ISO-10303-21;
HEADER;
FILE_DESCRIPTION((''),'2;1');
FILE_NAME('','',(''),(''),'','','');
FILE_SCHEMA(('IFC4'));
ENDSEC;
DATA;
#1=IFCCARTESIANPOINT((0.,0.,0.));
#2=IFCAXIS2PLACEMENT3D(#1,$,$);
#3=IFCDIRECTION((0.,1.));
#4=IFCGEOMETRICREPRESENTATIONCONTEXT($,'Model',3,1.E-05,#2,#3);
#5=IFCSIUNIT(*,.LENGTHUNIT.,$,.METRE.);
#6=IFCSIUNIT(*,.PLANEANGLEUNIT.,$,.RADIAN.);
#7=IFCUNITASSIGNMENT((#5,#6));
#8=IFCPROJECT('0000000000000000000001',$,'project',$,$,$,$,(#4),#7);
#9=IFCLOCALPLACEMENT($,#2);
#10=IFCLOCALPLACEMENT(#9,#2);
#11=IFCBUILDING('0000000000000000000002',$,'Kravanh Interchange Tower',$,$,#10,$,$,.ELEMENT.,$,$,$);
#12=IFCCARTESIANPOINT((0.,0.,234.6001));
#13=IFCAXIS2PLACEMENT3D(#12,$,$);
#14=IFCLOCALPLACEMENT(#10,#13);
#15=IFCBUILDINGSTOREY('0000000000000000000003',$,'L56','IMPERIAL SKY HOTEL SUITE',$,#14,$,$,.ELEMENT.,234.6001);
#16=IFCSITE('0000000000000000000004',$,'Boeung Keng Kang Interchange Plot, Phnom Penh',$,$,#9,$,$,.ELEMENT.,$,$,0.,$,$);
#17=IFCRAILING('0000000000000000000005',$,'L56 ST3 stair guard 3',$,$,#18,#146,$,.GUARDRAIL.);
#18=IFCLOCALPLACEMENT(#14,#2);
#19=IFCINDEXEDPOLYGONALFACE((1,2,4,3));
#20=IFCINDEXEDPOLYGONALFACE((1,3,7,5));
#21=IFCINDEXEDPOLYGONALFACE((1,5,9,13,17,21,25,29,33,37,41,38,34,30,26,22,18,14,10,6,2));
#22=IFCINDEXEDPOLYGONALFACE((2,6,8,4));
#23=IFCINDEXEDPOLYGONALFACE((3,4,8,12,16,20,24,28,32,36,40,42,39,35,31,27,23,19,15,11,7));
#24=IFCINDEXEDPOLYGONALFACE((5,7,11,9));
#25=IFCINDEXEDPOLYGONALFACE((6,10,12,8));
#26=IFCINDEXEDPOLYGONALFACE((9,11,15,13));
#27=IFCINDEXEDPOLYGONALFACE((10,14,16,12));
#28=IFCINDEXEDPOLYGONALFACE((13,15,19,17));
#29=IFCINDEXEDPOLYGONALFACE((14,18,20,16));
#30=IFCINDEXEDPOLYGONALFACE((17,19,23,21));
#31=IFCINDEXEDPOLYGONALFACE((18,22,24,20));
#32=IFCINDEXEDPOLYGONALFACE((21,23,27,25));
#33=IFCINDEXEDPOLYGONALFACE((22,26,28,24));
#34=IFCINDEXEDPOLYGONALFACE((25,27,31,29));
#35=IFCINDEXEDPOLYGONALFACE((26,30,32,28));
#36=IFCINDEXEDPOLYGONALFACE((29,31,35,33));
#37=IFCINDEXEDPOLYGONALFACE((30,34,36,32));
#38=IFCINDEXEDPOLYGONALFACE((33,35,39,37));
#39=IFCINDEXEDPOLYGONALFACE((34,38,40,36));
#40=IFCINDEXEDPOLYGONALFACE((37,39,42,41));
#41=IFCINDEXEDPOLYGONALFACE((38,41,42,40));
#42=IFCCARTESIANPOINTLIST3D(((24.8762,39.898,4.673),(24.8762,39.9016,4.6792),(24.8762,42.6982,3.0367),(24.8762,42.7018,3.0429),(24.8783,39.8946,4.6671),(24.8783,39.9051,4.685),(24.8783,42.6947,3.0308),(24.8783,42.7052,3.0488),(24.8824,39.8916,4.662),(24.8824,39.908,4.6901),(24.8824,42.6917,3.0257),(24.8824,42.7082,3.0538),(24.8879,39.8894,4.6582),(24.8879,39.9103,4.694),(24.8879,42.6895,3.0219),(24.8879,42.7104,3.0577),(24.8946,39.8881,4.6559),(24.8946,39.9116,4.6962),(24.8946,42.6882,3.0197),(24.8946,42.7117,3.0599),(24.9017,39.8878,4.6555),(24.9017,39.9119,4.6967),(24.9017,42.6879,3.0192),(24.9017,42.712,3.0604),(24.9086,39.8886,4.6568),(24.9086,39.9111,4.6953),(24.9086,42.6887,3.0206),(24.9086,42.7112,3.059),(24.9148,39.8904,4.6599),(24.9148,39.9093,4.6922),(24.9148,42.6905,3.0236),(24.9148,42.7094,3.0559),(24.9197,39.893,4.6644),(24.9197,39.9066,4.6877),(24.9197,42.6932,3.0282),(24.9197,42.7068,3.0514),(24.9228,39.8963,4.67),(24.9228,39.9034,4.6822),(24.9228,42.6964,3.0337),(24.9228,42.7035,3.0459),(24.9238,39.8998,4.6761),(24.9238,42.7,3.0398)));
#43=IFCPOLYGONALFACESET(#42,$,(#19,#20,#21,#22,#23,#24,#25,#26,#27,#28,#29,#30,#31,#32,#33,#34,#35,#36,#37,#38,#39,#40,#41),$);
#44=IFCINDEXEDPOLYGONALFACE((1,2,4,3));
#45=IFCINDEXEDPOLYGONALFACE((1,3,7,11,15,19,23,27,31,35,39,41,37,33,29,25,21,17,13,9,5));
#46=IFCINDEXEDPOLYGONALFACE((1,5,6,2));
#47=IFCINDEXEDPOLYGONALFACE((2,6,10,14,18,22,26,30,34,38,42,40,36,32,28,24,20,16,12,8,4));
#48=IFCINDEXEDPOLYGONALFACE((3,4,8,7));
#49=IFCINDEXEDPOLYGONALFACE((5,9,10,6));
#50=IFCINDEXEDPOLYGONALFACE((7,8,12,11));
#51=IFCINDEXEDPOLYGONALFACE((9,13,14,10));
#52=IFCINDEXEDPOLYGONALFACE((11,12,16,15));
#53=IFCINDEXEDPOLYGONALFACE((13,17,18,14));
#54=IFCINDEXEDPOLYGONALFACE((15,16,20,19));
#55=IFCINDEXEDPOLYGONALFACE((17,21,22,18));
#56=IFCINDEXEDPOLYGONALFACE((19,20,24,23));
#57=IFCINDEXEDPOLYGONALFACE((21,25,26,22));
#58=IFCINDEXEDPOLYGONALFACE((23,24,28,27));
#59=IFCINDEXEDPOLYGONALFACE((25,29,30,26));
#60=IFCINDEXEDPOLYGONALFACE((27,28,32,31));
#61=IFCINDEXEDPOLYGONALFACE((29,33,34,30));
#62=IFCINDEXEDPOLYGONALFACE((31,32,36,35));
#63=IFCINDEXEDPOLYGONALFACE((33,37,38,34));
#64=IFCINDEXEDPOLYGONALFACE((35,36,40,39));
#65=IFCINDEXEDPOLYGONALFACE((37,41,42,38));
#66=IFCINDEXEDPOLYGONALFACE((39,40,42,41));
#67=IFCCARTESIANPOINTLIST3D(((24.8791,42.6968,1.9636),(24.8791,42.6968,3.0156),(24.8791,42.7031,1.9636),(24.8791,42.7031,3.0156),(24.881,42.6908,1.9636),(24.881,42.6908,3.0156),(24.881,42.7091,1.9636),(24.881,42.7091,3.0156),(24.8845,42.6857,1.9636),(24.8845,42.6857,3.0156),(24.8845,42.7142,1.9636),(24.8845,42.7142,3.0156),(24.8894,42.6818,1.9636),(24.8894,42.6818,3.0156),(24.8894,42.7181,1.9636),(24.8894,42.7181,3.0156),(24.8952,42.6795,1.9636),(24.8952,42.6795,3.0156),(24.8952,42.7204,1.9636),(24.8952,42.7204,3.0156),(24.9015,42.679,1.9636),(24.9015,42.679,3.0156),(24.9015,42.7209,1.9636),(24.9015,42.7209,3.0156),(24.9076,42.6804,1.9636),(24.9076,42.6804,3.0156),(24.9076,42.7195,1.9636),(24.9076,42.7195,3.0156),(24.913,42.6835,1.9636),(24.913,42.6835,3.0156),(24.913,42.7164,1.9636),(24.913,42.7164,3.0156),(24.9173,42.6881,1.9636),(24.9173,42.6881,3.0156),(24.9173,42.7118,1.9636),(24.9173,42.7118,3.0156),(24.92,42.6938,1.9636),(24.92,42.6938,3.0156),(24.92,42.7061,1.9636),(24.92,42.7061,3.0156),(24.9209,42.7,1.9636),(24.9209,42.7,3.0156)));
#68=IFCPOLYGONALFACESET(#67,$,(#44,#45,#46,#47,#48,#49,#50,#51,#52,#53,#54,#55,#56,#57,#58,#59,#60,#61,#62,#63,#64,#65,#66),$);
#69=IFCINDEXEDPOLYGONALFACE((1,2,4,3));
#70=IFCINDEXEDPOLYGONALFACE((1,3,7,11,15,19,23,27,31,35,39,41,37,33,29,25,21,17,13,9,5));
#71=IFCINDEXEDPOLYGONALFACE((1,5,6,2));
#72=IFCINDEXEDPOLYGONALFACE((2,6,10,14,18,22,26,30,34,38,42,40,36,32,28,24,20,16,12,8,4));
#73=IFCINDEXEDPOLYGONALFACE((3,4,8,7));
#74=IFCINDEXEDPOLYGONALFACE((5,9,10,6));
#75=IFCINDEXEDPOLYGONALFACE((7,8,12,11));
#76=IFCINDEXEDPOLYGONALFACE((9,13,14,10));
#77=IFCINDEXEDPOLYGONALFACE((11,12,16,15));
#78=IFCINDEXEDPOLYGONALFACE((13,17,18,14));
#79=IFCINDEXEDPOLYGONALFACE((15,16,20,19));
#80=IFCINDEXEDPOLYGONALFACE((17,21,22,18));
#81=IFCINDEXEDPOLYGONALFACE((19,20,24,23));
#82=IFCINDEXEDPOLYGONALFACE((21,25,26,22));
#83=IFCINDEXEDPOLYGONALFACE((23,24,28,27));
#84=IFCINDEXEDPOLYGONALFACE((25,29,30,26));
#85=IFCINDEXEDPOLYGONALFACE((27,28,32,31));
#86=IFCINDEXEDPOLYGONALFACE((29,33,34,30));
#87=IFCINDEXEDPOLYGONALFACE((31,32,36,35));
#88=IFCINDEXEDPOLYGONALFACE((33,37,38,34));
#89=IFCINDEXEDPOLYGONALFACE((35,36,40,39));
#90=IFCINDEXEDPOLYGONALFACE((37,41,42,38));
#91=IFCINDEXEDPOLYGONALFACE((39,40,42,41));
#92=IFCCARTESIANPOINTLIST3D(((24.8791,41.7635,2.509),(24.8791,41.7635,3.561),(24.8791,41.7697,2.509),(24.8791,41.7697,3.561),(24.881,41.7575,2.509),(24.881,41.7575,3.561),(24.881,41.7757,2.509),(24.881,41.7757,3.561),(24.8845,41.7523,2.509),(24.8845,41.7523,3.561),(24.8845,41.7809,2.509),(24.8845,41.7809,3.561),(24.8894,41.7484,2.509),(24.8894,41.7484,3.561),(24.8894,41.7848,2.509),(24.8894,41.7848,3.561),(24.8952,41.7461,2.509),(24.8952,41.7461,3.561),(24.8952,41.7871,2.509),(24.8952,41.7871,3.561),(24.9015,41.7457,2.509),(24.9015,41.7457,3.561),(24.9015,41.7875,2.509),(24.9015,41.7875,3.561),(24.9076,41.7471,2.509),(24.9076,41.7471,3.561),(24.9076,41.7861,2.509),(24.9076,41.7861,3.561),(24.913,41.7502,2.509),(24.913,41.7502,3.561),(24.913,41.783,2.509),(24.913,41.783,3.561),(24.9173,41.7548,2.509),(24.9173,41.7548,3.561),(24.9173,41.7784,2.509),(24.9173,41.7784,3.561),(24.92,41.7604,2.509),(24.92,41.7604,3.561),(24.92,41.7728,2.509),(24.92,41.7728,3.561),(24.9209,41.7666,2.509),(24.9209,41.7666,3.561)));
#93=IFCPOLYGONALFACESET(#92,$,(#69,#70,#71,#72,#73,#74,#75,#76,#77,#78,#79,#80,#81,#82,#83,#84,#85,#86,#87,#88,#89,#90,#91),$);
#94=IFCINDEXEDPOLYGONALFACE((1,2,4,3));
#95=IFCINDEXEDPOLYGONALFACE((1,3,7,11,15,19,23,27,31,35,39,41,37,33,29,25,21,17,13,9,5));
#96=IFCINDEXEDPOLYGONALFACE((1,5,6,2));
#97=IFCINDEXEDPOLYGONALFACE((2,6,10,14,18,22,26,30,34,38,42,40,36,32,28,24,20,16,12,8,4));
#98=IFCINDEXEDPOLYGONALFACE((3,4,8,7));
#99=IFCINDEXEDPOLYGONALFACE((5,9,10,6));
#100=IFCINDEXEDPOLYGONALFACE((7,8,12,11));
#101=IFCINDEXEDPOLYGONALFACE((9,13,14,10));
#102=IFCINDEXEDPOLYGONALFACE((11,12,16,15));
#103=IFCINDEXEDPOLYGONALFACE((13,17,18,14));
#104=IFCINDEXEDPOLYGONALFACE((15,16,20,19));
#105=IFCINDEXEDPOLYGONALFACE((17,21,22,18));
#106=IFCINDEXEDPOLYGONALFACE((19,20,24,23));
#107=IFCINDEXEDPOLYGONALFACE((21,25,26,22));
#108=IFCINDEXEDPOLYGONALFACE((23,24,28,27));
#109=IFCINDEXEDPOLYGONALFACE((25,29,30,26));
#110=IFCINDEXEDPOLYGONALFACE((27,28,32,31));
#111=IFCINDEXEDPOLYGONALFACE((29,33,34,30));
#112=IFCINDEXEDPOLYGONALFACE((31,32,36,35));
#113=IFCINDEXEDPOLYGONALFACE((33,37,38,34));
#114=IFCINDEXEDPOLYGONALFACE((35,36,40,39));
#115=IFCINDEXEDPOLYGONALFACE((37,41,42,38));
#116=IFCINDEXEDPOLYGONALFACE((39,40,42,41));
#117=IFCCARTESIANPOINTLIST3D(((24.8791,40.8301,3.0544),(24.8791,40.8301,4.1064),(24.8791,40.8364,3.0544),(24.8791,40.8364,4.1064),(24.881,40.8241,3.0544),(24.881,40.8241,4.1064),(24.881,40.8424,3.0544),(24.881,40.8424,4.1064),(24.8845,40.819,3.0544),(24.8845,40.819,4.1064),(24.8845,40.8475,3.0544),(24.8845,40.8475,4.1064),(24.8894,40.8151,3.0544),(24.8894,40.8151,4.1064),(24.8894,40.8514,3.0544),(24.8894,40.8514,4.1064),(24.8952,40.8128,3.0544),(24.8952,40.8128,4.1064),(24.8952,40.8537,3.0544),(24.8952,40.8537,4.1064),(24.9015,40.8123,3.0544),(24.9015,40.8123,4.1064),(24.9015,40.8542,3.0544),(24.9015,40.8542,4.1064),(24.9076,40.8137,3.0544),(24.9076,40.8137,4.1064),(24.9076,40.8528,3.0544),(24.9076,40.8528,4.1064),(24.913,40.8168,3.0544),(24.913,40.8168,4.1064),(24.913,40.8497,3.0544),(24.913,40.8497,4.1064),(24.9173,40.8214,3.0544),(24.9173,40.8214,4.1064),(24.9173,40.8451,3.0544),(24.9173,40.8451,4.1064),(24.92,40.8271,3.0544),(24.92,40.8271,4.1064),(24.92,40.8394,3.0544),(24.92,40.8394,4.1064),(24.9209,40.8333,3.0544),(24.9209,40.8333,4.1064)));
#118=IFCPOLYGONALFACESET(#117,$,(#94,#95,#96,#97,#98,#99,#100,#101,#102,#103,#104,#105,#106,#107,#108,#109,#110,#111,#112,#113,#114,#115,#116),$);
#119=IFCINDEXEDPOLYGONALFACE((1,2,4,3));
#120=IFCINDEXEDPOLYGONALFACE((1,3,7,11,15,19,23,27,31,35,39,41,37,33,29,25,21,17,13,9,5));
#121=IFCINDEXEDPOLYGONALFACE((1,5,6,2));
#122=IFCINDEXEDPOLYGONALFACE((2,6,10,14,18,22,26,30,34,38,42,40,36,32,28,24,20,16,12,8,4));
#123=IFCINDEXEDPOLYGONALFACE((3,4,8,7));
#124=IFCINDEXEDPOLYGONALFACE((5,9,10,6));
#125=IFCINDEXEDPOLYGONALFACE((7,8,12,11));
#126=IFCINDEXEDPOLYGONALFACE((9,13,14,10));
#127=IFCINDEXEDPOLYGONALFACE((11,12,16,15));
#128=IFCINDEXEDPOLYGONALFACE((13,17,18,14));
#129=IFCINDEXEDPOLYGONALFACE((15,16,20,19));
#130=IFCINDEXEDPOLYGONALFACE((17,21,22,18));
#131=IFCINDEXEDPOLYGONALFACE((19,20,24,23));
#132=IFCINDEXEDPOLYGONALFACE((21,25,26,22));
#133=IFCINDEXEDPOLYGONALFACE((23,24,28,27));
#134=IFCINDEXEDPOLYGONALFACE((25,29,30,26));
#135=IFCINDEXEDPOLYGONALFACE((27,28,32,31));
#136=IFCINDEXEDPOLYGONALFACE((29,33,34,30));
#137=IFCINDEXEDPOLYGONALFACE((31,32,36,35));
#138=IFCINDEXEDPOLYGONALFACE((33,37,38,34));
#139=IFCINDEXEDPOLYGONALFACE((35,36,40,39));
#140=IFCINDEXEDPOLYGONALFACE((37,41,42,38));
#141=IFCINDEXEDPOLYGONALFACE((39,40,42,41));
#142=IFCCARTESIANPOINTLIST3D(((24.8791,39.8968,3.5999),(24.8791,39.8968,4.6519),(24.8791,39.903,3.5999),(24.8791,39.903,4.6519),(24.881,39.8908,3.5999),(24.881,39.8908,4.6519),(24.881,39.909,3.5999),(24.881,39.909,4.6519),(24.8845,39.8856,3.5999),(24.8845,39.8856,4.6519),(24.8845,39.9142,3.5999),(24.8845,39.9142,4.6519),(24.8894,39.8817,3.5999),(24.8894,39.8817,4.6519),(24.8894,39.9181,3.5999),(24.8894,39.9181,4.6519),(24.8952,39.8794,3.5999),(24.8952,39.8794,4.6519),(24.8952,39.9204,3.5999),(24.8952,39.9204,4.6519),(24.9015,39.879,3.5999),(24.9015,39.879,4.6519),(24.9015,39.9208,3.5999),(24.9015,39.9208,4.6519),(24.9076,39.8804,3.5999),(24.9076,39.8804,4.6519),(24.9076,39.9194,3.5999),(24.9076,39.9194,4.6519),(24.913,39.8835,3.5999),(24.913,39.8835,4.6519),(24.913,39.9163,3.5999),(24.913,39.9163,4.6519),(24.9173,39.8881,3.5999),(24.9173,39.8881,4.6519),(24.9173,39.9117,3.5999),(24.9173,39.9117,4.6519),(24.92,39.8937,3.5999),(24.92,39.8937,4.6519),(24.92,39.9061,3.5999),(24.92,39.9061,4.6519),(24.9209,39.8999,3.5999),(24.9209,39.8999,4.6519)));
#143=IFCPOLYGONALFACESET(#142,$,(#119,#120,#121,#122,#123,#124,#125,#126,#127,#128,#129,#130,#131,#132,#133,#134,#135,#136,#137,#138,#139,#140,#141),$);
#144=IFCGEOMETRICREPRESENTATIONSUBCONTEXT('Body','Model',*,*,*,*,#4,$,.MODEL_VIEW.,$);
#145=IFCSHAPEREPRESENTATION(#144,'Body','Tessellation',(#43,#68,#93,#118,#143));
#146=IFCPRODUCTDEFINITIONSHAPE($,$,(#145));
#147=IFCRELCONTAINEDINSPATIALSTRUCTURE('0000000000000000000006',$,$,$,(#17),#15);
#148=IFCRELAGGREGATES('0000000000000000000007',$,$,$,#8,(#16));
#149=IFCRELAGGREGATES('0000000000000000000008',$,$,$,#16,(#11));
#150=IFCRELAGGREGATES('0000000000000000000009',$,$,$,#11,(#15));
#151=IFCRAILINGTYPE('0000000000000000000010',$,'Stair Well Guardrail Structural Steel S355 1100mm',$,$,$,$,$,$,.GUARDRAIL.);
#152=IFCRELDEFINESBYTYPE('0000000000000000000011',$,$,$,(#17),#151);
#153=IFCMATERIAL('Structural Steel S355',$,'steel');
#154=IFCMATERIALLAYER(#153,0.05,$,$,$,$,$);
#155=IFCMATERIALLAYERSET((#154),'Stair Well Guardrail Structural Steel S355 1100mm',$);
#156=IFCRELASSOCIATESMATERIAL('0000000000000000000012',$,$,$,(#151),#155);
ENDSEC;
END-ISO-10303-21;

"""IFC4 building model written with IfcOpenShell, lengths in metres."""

from ifc_helpers import new_model, si_unit, direction, frame, origin, origin_2d, place, context, subcontext, project, spatial, circle, extrude, material, layer, layer_set, type_object, element, save


model = new_model("IFC4")

# Units and contexts
model_context = context("Model", 3, precision=1e-05, world=origin(), true_north=direction((0.0, 1.0)))
body_context = subcontext(model_context, "Body", "Model", "MODEL_VIEW")
ifc_project = project(units=[si_unit("LENGTHUNIT", "METRE"), si_unit("PLANEANGLEUNIT", "RADIAN")], contexts=[model_context])

# Site, building, storey
site_placement = place(None, origin())
site = spatial("IfcSite", under=ifc_project, at=site_placement, Name="Boeung Keng Kang Interchange Plot, Phnom Penh", CompositionType="ELEMENT", RefElevation=0.0)
building_placement = place(site_placement, origin())
building = spatial("IfcBuilding", under=site, at=building_placement, Name="Kravanh Interchange Tower", CompositionType="ELEMENT")
storey_placement = place(building_placement, frame((0.0, 0.0, 234.6001)))
storey = spatial("IfcBuildingStorey", under=building, at=storey_placement, Name="L56", Description="IMPERIAL SKY HOTEL SUITE", CompositionType="ELEMENT", Elevation=234.6001)

# Railing
ifc_material_1 = material(Name="Structural Steel S355", Category="steel")
ifc_layer_1 = layer(ifc_material_1, 0.05)
ifc_layer_set_1 = layer_set([ifc_layer_1], Name="Stair Well Guardrail Structural Steel S355 1100mm")
railing_type_1 = type_object("IfcRailingType", Name="Stair Well Guardrail Structural Steel S355 1100mm", PredefinedType="GUARDRAIL", material=ifc_layer_set_1)
railing_1_placement = place(storey_placement, frame((24.8999, 42.7, 1.9636)))
element("IfcRailing", 1, at=railing_1_placement, inside=storey, type_object=railing_type_1, Name="L56 ST3 stair guard 3", PredefinedType="GUARDRAIL", context=body_context, shape_type="SweptSolid", body=[
    extrude(circle(Radius=0.0239, at=origin_2d()), frame((0.0, 0.0, 1.0762), z_axis=(0.0, -0.863394, 0.504531), x_axis=(1.0, 0.0, 0.0)), (0.0, 0.0, 1.0), 3.2432),
    extrude(circle(Radius=0.021, at=origin_2d()), origin(), (0.0, 0.0, 1.0), 1.052),
    extrude(circle(Radius=0.021, at=origin_2d()), frame((0.0, -0.9333, 0.5454)), (0.0, 0.0, 1.0), 1.052),
    extrude(circle(Radius=0.021, at=origin_2d()), frame((0.0, -1.8667, 1.0908)), (0.0, 0.0, 1.0), 1.052),
    extrude(circle(Radius=0.021, at=origin_2d()), frame((0.0, -2.8, 1.6362)), (0.0, 0.0, 1.0), 1.052),
])

save(model, "model.ifc")
